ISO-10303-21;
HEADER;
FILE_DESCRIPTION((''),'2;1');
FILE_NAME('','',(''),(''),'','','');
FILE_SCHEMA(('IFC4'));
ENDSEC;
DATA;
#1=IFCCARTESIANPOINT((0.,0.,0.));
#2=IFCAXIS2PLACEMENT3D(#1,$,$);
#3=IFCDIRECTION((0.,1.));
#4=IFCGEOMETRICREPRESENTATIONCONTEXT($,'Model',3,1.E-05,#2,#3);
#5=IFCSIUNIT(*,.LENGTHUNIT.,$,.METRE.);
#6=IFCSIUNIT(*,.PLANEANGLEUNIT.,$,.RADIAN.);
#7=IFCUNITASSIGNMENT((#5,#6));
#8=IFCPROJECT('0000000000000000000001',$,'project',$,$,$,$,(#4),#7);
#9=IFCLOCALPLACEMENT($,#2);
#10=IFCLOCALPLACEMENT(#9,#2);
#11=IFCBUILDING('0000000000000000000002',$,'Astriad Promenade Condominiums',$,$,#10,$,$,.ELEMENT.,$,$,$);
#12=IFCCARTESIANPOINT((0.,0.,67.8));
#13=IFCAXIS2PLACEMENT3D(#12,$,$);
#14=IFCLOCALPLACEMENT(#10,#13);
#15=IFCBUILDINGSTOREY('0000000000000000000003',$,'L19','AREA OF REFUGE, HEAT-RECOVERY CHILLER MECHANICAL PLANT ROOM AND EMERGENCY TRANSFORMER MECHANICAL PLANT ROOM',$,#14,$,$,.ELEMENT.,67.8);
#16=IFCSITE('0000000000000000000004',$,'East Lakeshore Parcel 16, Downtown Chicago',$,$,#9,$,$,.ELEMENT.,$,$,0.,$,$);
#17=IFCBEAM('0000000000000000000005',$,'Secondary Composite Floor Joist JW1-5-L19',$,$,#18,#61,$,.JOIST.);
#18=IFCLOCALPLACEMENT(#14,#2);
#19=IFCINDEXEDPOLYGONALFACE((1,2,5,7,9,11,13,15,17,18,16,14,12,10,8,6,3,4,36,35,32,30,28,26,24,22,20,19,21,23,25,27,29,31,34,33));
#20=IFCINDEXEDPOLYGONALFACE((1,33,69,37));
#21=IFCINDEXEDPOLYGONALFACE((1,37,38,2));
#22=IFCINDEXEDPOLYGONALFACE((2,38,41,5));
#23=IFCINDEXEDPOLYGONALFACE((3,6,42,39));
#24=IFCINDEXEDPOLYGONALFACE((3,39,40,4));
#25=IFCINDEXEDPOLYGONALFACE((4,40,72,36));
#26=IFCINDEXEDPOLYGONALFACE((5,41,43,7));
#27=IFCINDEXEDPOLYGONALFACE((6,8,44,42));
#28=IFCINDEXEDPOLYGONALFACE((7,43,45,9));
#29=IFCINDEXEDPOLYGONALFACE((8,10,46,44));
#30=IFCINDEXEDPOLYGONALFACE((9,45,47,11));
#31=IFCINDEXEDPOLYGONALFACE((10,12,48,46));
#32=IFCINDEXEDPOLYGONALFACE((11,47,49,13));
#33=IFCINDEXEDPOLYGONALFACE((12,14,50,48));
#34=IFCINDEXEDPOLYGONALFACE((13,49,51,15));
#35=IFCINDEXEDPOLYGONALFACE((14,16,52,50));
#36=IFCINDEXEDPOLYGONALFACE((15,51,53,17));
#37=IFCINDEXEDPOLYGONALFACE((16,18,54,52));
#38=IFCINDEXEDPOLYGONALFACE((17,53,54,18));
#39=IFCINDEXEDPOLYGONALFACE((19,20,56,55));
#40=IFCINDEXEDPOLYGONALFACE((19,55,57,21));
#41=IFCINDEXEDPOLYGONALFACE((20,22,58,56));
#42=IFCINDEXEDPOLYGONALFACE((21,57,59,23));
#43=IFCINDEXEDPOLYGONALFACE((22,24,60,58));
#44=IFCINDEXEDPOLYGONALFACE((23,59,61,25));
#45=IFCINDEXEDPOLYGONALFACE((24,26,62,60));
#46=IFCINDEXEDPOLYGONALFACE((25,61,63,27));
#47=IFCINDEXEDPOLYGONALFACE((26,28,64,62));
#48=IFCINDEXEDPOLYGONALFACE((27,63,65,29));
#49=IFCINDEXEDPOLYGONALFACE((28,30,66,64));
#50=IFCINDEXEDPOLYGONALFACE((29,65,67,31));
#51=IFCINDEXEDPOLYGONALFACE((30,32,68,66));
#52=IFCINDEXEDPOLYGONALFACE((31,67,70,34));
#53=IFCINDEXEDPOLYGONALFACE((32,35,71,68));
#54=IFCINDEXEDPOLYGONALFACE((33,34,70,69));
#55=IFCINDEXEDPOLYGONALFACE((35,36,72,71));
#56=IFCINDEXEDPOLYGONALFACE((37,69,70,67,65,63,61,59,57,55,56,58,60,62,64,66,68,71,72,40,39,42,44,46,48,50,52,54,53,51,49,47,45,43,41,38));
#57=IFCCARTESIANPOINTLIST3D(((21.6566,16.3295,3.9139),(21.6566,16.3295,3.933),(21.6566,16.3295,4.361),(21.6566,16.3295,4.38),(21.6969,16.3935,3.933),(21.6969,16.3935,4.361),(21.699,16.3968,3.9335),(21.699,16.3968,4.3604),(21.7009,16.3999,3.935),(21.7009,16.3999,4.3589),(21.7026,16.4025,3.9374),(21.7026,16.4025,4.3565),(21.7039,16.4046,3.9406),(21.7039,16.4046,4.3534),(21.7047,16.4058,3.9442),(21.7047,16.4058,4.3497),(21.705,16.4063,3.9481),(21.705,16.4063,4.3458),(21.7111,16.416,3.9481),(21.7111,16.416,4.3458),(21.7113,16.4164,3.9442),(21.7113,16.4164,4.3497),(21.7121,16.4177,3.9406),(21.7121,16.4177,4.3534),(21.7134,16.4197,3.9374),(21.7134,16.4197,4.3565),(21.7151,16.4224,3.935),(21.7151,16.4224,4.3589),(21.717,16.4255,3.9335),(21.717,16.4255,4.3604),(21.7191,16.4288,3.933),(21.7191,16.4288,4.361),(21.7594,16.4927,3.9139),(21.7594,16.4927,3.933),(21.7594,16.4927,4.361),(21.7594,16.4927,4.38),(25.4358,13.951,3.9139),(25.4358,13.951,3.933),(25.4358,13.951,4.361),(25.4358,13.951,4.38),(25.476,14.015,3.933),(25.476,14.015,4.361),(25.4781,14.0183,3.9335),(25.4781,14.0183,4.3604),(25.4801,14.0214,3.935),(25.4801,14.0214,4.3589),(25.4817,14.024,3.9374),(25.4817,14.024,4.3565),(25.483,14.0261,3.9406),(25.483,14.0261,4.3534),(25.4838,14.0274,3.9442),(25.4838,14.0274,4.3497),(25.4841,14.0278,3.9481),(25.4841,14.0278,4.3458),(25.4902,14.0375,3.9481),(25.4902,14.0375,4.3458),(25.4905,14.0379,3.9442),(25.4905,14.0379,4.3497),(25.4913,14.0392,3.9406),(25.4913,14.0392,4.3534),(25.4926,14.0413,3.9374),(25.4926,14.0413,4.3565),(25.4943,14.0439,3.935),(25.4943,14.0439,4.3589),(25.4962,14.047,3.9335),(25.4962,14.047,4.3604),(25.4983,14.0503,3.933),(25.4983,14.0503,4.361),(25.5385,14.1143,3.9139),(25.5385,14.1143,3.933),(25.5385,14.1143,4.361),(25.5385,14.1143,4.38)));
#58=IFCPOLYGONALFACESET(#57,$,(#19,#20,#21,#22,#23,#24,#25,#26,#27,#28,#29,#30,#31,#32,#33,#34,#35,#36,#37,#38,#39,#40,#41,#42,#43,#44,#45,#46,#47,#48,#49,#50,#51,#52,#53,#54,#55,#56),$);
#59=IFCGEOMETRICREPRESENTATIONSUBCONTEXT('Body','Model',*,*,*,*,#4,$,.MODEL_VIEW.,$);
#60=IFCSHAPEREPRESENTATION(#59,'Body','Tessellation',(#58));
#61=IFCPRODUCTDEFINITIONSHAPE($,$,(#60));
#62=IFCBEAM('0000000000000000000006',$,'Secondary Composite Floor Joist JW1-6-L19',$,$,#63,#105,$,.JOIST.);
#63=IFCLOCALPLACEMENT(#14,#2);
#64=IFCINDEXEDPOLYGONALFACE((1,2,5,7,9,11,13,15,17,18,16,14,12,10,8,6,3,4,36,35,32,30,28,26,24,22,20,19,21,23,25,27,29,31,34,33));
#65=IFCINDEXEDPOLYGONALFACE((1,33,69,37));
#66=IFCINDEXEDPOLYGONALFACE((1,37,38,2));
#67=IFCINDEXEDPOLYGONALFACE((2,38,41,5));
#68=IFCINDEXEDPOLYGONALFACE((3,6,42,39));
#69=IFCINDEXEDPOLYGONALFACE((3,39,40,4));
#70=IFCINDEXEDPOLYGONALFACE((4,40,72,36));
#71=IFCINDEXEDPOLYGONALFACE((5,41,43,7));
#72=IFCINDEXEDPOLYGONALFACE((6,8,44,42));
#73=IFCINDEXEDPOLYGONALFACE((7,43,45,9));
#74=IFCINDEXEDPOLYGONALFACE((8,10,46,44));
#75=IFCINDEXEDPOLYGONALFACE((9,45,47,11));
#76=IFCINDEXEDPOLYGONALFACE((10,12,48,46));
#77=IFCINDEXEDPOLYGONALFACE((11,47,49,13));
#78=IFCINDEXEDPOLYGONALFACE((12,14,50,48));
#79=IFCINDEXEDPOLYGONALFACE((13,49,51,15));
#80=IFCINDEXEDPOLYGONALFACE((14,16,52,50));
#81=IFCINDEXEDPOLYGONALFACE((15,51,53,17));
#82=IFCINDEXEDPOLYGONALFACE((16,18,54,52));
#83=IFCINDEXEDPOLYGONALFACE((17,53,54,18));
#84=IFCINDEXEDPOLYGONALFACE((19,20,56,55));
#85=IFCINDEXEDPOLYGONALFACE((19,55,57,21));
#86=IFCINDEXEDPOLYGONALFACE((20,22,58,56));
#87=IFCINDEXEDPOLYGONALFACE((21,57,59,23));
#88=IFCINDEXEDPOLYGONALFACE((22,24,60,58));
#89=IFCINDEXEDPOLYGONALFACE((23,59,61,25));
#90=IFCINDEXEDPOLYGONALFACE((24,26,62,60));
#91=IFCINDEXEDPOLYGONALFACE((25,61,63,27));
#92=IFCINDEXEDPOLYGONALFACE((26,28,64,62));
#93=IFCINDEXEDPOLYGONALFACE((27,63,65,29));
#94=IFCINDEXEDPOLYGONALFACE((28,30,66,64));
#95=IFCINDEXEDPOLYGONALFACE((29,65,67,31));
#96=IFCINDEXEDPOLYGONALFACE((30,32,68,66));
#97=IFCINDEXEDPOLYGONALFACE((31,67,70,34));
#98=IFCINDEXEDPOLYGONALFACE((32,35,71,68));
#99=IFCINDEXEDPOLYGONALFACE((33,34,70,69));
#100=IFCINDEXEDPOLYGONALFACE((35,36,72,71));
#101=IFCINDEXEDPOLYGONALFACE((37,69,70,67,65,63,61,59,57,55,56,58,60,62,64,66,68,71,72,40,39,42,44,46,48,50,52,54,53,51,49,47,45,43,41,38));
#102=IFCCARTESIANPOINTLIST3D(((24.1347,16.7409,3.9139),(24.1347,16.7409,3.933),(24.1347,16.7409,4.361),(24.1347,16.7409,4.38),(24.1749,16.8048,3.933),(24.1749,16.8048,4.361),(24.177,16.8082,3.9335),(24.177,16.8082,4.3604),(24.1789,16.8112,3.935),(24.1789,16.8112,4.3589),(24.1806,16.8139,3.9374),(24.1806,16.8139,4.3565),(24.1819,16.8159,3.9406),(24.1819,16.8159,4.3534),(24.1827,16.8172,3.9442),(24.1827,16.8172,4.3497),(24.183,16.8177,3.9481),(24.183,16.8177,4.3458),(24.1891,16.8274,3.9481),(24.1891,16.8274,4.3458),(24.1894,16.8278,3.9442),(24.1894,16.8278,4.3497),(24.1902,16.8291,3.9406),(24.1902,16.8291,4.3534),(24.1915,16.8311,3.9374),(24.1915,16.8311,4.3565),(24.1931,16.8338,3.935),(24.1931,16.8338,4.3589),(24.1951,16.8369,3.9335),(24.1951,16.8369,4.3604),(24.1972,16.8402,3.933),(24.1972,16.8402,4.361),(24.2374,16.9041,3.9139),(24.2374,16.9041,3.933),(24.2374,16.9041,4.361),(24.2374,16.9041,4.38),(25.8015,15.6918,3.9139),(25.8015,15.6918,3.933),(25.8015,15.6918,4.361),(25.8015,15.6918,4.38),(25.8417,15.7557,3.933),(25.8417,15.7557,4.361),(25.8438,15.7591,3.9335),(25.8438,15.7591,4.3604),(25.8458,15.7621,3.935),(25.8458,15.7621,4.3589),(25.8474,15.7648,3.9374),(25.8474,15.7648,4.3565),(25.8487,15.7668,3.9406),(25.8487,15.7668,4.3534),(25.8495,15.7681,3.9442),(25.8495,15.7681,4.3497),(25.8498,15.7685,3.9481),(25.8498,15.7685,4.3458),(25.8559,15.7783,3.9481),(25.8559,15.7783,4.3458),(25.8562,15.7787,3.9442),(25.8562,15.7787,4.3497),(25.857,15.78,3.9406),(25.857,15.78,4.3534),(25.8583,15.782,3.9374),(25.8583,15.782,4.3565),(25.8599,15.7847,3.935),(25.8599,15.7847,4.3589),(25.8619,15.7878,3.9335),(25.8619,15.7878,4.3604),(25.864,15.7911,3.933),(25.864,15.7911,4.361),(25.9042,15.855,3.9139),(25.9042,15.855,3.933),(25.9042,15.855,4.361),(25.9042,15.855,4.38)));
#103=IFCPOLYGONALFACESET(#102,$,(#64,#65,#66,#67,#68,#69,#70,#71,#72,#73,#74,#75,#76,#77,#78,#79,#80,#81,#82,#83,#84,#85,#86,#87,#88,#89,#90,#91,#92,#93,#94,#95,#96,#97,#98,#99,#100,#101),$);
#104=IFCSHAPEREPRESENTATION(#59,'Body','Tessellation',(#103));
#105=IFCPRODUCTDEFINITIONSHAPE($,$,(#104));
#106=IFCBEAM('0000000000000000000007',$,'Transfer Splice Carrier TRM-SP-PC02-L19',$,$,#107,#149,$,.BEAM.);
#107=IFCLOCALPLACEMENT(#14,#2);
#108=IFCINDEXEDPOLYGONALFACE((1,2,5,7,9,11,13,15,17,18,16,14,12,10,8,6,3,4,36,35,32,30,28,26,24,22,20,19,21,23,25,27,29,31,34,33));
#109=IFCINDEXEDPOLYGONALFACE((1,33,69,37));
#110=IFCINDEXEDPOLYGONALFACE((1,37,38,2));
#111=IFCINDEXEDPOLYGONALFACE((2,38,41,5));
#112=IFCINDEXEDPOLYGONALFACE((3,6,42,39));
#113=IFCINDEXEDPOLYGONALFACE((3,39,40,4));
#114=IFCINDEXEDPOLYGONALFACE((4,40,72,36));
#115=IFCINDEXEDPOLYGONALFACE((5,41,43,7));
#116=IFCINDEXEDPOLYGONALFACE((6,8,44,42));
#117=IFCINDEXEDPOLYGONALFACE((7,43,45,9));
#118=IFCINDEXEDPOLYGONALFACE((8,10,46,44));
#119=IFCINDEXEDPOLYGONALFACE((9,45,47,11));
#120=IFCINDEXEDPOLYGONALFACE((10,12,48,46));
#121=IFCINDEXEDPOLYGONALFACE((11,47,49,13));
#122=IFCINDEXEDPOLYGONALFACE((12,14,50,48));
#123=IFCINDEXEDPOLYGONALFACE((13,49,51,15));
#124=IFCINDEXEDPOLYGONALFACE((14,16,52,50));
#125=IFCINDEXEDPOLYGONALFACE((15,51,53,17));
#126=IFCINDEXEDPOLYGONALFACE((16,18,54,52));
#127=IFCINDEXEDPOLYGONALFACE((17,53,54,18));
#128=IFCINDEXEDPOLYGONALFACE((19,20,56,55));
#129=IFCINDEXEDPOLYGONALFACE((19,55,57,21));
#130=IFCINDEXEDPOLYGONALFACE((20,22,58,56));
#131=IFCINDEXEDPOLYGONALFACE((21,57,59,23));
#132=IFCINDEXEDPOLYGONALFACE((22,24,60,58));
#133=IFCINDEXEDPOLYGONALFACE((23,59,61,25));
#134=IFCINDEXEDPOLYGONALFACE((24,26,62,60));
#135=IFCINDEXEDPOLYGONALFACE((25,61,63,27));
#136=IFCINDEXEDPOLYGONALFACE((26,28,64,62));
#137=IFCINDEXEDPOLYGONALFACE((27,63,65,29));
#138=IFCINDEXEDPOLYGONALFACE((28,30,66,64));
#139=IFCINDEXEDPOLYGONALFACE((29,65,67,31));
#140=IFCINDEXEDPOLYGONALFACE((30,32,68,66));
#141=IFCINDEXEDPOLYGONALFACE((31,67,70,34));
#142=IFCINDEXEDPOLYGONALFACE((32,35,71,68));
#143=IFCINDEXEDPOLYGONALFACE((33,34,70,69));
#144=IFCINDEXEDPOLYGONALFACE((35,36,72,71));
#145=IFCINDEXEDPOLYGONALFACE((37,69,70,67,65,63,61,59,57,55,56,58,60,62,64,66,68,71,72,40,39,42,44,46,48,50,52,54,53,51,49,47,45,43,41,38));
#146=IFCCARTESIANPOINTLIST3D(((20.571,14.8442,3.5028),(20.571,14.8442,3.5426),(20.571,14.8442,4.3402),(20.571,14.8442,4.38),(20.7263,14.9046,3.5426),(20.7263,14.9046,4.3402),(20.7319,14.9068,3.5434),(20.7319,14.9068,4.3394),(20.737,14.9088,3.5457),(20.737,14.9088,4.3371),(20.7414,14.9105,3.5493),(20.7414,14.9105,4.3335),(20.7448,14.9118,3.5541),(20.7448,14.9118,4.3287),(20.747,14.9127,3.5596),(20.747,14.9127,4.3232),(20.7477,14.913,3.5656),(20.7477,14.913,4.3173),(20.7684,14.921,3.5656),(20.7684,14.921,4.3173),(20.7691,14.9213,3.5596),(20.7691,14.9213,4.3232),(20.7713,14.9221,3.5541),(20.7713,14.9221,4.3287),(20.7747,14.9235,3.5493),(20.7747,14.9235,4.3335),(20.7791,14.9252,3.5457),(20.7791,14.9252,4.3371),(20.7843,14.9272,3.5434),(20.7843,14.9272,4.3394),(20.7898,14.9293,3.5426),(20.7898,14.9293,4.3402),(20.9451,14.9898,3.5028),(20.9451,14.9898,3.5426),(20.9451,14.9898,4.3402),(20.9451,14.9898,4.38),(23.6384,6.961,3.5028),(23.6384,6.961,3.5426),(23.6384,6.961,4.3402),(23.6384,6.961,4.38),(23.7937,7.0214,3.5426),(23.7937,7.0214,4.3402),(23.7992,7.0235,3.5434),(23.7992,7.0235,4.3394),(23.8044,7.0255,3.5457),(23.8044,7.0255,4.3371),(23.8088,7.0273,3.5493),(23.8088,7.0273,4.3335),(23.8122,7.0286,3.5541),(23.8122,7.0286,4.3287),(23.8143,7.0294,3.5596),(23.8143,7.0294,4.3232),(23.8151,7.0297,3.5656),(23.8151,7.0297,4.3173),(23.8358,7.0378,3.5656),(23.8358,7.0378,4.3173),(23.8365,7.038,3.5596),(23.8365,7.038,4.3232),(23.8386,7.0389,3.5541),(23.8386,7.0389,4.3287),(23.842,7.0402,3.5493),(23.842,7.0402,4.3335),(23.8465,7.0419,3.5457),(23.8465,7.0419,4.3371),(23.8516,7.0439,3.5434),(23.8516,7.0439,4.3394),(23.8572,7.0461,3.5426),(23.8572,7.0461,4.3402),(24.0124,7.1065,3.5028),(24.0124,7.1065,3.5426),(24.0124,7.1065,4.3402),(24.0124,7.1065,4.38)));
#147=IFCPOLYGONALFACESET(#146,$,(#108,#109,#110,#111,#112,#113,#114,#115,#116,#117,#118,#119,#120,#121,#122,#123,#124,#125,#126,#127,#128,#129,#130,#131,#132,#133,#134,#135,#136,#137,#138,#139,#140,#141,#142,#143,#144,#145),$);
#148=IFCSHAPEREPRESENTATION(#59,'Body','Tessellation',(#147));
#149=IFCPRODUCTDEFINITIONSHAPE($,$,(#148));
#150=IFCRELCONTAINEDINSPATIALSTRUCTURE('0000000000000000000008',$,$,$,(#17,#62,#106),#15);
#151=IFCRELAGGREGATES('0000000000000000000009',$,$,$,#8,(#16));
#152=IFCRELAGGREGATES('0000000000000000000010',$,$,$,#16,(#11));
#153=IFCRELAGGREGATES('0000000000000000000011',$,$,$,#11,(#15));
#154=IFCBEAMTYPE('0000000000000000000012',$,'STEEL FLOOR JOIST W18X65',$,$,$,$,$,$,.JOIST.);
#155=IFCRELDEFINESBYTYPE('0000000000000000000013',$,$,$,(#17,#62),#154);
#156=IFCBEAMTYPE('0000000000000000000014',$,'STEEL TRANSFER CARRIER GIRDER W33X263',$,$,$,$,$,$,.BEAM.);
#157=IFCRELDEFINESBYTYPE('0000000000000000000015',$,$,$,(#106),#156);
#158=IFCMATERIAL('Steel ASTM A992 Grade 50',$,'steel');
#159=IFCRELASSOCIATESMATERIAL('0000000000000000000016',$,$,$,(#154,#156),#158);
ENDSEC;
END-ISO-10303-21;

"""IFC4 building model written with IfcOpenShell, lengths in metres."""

from ifc_helpers import new_model, si_unit, direction, frame, origin, origin_2d, place, context, subcontext, project, spatial, i_section, extrude, source, transform, mapped, material, material_profile, profile_set, type_object, type_shapes, element, save


model = new_model("IFC4")

# Units and contexts
model_context = context("Model", 3, precision=1e-05, world=origin(), true_north=direction((0.0, 1.0)))
body_context = subcontext(model_context, "Body", "Model", "MODEL_VIEW")
ifc_project = project(units=[si_unit("LENGTHUNIT", "METRE"), si_unit("PLANEANGLEUNIT", "RADIAN")], contexts=[model_context])

# Site, building, storey
site_placement = place(None, origin())
site = spatial("IfcSite", under=ifc_project, at=site_placement, Name="East Lakeshore Parcel 16, Downtown Chicago", CompositionType="ELEMENT", RefElevation=0.0)
building_placement = place(site_placement, origin())
building = spatial("IfcBuilding", under=site, at=building_placement, Name="Astriad Promenade Condominiums", CompositionType="ELEMENT")
storey_placement = place(building_placement, frame((0.0, 0.0, 67.8)))
storey = spatial("IfcBuildingStorey", under=building, at=storey_placement, Name="L19", Description="AREA OF REFUGE, HEAT-RECOVERY CHILLER MECHANICAL PLANT ROOM AND EMERGENCY TRANSFORMER MECHANICAL PLANT ROOM", CompositionType="ELEMENT", Elevation=67.8)

# Shared definitions
ifc_material_1 = material(Name="Steel ASTM A992 Grade 50", Category="steel")

# Beams
ifc_material_profile_1 = material_profile(ifc_material_1, i_section(OverallWidth=0.1929, OverallDepth=0.4661, WebThickness=0.0115, FlangeThickness=0.019, FilletRadius=0.0151, at=origin_2d()), Name="W18X65")
ifc_profile_set_1 = profile_set([ifc_material_profile_1], Name="Steel ASTM A992 Grade 50")
beam_type_1 = type_object("IfcBeamType", Name="STEEL FLOOR JOIST W18X65", PredefinedType="JOIST", material=ifc_profile_set_1)
shared_shape_1 = source(origin(), body_context, "Body", "SweptSolid", [
    extrude(i_section(OverallWidth=0.1929, OverallDepth=0.4661, WebThickness=0.0115, FlangeThickness=0.019, FilletRadius=0.0151, at=origin_2d()), origin(), (0.0, 0.0, 1.0), 4.4653),
])
beam_1_placement = place(storey_placement, frame((21.708, 16.4111, 4.147), z_axis=(0.846332, -0.532655, 0.0), x_axis=(0.532655, 0.846332, 0.0)))
element("IfcBeam", 1, at=beam_1_placement, inside=storey, type_object=beam_type_1, Name="Secondary Composite Floor Joist JW1-5-L19", PredefinedType="JOIST", context=body_context, shape_type="MappedRepresentation", body=[
    mapped(shared_shape_1, transform((0.0, 0.0, 0.0), scale=1.0)),
])
shared_shape_2 = source(origin(), body_context, "Body", "SweptSolid", [
    extrude(i_section(OverallWidth=0.1929, OverallDepth=0.4661, WebThickness=0.0115, FlangeThickness=0.019, FilletRadius=0.0151, at=origin_2d()), origin(), (0.0, 0.0, 1.0), 1.9695),
])
type_shapes(beam_type_1, [shared_shape_1, shared_shape_2])
beam_2_placement = place(storey_placement, frame((24.186, 16.8225, 4.147), z_axis=(0.846316, -0.532682, 0.0), x_axis=(0.532682, 0.846316, 0.0)))
element("IfcBeam", 2, at=beam_2_placement, inside=storey, type_object=beam_type_1, Name="Secondary Composite Floor Joist JW1-6-L19", PredefinedType="JOIST", context=body_context, shape_type="MappedRepresentation", body=[
    mapped(shared_shape_2, transform((0.0, 0.0, 0.0), scale=1.0)),
])
ifc_material_profile_2 = material_profile(ifc_material_1, i_section(OverallWidth=0.4014, OverallDepth=0.8772, WebThickness=0.0222, FlangeThickness=0.0398, FilletRadius=0.0229, at=origin_2d()), Name="W33X263")
ifc_profile_set_2 = profile_set([ifc_material_profile_2], Name="Steel ASTM A992 Grade 50")
beam_type_2 = type_object("IfcBeamType", Name="STEEL TRANSFER CARRIER GIRDER W33X263", PredefinedType="BEAM", material=ifc_profile_set_2)
shared_shape_3 = source(origin(), body_context, "Body", "SweptSolid", [
    extrude(i_section(OverallWidth=0.4014, OverallDepth=0.8772, WebThickness=0.0222, FlangeThickness=0.0398, FilletRadius=0.0229, at=origin_2d()), origin(), (0.0, 0.0, 1.0), 8.459),
])
type_shapes(beam_type_2, [shared_shape_3])
beam_3_placement = place(storey_placement, frame((20.7581, 14.917, 3.9414), z_axis=(0.362616, -0.931939, 0.0), x_axis=(0.931939, 0.362616, 0.0)))
element("IfcBeam", 3, at=beam_3_placement, inside=storey, type_object=beam_type_2, Name="Transfer Splice Carrier TRM-SP-PC02-L19", PredefinedType="BEAM", context=body_context, shape_type="MappedRepresentation", body=[
    mapped(shared_shape_3, transform((0.0, 0.0, 0.0), scale=1.0)),
])

save(model, "model.ifc")
